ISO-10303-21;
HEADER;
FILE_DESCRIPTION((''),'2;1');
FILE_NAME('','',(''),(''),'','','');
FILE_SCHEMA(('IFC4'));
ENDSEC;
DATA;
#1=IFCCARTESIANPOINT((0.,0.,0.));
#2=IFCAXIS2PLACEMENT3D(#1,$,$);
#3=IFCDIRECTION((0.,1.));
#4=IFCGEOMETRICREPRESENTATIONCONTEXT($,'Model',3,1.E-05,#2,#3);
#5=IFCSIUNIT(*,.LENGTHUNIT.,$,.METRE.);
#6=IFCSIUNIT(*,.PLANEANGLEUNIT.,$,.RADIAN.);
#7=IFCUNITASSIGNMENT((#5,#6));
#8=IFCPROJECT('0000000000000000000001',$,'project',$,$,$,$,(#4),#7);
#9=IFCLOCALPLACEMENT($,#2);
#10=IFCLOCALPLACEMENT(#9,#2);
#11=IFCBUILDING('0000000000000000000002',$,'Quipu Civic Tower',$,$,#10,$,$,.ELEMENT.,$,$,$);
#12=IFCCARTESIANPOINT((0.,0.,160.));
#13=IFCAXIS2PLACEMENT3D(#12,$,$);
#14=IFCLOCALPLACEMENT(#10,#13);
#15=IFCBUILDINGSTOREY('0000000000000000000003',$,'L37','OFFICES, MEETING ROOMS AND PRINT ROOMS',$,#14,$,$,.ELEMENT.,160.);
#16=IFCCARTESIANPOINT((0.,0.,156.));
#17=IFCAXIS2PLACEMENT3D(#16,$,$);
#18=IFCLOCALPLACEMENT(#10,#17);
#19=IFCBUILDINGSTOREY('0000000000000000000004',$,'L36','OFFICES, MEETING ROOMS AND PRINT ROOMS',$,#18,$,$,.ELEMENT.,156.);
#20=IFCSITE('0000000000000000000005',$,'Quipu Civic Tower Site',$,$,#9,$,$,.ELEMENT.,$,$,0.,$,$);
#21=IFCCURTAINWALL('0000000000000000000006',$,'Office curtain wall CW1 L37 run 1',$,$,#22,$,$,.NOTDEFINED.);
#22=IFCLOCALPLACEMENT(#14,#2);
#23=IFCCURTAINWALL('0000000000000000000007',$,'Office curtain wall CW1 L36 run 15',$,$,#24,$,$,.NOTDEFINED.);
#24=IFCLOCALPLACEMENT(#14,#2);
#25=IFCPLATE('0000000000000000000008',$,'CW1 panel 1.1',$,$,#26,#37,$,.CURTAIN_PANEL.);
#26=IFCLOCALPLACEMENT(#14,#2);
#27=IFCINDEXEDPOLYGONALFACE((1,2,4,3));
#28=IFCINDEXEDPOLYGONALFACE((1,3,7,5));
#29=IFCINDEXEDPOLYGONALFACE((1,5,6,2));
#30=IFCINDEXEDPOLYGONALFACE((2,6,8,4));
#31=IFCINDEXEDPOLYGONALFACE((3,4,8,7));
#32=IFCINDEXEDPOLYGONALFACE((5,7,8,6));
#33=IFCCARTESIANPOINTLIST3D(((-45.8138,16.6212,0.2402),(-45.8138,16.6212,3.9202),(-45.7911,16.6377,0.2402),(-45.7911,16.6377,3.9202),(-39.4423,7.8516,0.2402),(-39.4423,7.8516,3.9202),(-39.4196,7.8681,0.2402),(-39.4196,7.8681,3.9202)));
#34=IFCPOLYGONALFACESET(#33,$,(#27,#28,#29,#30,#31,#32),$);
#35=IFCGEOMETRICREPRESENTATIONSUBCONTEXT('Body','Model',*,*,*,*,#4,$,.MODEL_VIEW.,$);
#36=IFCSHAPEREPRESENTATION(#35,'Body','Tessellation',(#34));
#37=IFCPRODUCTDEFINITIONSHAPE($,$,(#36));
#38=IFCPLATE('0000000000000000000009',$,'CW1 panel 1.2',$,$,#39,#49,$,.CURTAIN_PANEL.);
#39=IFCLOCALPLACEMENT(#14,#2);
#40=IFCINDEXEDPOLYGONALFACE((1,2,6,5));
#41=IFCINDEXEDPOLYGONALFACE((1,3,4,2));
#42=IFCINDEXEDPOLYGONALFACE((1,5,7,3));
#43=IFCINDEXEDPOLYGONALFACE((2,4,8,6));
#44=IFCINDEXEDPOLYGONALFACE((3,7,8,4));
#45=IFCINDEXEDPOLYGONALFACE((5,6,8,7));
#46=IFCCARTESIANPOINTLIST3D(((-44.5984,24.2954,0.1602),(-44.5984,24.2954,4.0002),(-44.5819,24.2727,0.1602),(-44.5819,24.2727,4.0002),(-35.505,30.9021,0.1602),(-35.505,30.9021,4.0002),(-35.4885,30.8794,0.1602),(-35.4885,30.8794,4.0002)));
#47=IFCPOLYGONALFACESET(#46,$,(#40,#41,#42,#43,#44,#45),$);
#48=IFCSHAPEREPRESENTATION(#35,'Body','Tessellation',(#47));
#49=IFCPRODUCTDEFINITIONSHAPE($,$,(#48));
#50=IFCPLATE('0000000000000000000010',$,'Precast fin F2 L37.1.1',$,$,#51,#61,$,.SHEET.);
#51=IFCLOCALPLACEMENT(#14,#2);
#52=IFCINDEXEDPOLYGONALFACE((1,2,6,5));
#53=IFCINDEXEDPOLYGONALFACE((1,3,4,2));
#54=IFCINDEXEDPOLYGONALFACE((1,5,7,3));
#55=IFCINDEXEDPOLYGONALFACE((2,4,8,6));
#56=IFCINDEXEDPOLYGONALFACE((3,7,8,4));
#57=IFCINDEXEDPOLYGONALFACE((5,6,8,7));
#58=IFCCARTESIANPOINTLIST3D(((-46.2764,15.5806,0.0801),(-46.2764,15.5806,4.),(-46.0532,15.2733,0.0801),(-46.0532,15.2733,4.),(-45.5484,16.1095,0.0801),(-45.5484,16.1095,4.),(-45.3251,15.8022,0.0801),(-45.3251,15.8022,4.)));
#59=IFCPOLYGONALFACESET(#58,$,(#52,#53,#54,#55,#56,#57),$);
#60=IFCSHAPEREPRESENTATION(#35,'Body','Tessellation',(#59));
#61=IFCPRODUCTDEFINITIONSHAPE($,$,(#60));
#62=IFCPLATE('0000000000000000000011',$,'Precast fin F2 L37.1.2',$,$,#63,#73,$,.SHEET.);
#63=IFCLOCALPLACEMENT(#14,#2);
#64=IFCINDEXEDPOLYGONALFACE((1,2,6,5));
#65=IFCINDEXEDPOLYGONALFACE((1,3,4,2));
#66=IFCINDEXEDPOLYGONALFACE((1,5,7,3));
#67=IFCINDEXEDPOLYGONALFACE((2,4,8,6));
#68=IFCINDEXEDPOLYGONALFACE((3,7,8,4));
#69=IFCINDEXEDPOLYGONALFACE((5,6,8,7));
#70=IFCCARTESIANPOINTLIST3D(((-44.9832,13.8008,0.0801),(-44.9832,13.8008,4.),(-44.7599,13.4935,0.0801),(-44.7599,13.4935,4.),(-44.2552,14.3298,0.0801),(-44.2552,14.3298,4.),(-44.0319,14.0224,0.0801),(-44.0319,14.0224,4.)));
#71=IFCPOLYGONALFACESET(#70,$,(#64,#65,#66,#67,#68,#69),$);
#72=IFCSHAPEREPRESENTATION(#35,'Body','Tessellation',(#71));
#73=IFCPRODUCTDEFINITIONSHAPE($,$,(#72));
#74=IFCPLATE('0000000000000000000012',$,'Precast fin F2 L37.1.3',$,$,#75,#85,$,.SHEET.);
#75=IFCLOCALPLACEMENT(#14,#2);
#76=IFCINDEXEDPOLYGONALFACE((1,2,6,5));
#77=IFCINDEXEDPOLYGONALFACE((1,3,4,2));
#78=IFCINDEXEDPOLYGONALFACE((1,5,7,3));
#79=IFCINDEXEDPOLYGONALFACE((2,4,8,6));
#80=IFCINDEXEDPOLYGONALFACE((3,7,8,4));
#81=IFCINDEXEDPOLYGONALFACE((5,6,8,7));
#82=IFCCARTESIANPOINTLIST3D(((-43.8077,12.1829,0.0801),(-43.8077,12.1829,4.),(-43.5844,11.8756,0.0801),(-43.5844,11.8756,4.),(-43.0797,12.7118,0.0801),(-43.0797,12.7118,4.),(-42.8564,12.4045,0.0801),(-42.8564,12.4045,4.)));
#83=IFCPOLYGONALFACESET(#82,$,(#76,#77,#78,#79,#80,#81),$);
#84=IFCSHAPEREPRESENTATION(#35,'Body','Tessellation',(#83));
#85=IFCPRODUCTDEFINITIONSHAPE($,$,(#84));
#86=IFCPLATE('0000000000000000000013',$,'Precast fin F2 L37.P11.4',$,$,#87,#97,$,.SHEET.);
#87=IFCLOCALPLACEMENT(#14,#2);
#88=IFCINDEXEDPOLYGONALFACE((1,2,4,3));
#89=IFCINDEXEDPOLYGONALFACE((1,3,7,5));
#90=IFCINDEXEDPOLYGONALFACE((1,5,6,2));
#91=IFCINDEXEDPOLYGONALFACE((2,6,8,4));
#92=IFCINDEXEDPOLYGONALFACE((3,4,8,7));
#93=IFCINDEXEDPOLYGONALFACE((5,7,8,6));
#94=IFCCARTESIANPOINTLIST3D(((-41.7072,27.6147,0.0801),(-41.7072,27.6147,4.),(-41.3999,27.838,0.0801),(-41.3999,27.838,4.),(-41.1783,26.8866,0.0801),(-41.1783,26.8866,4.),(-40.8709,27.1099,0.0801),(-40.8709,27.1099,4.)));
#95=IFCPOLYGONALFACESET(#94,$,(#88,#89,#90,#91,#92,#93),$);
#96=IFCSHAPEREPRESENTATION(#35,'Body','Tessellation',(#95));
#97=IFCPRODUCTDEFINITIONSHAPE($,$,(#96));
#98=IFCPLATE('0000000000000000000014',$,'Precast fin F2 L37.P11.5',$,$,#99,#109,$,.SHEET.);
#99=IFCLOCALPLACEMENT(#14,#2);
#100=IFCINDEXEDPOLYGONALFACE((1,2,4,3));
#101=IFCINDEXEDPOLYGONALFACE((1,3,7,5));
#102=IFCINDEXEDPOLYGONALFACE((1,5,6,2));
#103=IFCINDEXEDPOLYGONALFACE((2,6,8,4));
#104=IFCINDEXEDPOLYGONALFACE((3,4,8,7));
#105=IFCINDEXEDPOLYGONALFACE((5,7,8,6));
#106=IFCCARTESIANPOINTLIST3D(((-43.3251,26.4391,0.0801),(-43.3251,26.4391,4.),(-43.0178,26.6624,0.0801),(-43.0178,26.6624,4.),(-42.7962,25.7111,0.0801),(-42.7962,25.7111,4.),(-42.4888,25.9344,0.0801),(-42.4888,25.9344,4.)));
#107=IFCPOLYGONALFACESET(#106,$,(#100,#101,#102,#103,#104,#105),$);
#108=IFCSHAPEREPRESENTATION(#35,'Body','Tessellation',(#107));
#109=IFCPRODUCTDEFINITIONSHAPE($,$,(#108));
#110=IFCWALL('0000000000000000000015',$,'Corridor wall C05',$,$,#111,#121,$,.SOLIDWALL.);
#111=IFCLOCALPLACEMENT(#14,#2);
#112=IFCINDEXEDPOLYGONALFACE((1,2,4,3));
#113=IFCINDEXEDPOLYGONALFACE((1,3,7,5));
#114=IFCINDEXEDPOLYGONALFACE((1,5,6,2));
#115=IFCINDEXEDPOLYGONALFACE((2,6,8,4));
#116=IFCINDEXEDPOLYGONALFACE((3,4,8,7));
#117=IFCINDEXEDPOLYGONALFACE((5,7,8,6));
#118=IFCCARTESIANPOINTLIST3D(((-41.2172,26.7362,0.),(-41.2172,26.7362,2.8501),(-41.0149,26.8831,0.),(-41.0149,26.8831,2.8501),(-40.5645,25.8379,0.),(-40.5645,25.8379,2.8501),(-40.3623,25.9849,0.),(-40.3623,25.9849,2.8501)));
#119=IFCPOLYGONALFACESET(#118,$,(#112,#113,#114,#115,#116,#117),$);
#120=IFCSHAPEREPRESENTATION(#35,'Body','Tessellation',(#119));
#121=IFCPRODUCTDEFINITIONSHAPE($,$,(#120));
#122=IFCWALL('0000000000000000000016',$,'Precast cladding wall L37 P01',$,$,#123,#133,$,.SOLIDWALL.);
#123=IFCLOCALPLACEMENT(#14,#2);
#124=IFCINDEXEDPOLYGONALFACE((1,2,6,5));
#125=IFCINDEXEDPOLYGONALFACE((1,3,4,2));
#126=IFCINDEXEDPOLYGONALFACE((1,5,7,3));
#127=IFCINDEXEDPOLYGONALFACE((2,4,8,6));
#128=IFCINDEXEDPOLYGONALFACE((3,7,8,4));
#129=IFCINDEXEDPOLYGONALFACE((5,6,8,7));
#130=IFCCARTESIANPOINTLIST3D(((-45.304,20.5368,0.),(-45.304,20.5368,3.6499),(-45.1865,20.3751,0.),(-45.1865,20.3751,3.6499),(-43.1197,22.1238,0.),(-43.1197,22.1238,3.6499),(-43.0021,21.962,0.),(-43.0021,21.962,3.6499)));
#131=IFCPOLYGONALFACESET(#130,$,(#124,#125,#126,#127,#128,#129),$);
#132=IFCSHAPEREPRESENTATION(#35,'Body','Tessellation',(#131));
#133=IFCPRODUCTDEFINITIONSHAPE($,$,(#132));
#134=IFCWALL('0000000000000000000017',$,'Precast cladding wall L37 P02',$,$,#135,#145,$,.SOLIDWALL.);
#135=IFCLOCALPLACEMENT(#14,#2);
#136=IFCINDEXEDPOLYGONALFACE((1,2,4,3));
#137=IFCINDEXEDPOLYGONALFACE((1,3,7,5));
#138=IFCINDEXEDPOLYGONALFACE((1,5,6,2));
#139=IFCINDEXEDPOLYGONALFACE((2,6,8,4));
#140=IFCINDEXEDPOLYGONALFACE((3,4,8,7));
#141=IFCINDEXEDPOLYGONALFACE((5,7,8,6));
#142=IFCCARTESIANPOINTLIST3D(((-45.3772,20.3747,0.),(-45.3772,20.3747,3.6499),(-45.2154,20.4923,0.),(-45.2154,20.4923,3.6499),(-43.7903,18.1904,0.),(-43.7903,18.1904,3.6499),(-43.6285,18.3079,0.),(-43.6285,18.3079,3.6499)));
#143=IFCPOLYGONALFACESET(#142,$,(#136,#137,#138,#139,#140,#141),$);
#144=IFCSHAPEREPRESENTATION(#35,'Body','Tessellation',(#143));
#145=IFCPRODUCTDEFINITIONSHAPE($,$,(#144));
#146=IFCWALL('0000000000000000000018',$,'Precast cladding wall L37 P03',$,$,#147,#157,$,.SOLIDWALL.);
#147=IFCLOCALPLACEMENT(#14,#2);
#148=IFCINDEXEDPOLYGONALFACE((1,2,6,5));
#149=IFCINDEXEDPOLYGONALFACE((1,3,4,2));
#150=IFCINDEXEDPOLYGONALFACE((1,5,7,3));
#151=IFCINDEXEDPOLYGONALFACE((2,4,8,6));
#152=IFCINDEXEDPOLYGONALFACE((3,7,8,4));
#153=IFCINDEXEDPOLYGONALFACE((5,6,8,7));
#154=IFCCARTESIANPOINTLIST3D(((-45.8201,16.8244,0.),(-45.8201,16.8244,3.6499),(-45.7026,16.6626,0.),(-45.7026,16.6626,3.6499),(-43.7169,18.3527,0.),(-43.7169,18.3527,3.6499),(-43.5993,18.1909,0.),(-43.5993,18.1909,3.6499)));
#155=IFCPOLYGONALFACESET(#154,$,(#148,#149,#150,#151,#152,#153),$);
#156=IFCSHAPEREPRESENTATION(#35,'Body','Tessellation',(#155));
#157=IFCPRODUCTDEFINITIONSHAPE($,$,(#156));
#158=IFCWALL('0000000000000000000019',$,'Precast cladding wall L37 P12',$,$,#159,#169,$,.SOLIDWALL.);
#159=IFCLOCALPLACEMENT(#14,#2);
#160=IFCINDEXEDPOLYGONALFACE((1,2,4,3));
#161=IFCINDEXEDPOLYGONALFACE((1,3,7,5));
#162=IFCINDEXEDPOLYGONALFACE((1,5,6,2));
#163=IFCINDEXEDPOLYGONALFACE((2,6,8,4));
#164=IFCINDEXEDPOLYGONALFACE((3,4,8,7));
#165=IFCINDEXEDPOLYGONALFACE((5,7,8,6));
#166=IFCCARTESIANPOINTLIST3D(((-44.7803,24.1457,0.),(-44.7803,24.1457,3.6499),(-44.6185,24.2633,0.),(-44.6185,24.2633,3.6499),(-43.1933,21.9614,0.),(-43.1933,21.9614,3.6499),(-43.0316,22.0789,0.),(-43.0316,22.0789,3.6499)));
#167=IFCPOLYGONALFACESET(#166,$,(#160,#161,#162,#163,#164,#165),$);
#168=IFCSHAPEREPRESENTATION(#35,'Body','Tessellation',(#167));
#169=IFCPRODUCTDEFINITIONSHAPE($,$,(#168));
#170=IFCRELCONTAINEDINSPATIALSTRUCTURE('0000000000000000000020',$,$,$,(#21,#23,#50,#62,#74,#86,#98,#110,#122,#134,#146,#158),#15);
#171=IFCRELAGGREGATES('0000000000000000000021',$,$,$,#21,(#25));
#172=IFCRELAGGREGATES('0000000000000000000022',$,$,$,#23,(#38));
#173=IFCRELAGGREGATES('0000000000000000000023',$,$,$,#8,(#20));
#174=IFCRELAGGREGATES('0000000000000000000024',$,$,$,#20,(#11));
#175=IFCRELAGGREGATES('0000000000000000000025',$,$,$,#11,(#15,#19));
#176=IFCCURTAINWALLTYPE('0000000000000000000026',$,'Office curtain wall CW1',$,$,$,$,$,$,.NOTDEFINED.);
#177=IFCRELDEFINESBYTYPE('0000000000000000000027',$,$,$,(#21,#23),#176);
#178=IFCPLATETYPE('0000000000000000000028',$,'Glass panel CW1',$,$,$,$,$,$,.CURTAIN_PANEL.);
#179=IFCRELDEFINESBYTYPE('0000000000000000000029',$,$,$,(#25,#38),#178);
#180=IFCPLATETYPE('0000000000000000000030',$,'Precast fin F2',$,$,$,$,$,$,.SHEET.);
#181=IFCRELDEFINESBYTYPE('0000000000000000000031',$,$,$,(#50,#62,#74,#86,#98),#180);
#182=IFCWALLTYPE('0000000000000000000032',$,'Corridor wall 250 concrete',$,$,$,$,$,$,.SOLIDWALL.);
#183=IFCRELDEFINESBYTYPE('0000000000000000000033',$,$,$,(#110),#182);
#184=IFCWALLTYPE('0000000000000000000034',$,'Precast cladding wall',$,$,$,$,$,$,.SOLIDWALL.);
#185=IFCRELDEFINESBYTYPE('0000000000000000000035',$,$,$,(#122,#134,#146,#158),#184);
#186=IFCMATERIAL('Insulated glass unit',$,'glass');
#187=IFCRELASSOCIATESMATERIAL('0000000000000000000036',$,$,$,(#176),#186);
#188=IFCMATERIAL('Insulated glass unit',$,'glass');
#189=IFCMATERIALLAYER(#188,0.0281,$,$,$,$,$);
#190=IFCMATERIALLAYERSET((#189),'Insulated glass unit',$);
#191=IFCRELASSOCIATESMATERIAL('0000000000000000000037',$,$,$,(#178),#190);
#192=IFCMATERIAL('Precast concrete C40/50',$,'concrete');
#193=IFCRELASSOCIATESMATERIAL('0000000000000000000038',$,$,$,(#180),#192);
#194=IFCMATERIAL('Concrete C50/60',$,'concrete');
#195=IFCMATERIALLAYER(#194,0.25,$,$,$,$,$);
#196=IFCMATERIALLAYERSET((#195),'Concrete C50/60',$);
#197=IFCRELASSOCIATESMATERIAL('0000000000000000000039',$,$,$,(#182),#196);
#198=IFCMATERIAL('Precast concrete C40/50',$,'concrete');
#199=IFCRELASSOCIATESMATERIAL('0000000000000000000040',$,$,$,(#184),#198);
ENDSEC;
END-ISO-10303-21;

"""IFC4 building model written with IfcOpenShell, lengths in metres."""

from ifc_helpers import new_model, si_unit, direction, frame, frame_2d, origin, origin_2d, place, context, subcontext, project, spatial, rectangle, extrude, material, layer, layer_set, type_object, element, aggregate, save


model = new_model("IFC4")

# Units and contexts
model_context = context("Model", 3, precision=1e-05, world=origin(), true_north=direction((0.0, 1.0)))
body_context = subcontext(model_context, "Body", "Model", "MODEL_VIEW")
ifc_project = project(units=[si_unit("LENGTHUNIT", "METRE"), si_unit("PLANEANGLEUNIT", "RADIAN")], contexts=[model_context])

# Site, building, storey
site_placement = place(None, origin())
site = spatial("IfcSite", under=ifc_project, at=site_placement, Name="Quipu Civic Tower Site", CompositionType="ELEMENT", RefElevation=0.0)
building_placement = place(site_placement, origin())
building = spatial("IfcBuilding", under=site, at=building_placement, Name="Quipu Civic Tower", CompositionType="ELEMENT")
storey_1_placement = place(building_placement, frame((0.0, 0.0, 160.0)))
storey_1 = spatial("IfcBuildingStorey", under=building, at=storey_1_placement, Name="L37", Description="OFFICES, MEETING ROOMS AND PRINT ROOMS", CompositionType="ELEMENT", Elevation=160.0)

# Curtain walls
ifc_material_1 = material(Name="Insulated glass unit", Category="glass")
curtain_wall_type = type_object("IfcCurtainWallType", Name="Office curtain wall CW1", PredefinedType="NOTDEFINED", material=ifc_material_1)
curtain_wall_1_placement = place(storey_1_placement, origin())
curtain_wall_1 = element("IfcCurtainWall", 1, at=curtain_wall_1_placement, inside=storey_1, type_object=curtain_wall_type, Name="Office curtain wall CW1 L37 run 1", PredefinedType="NOTDEFINED")
curtain_wall_2_placement = place(storey_1_placement, origin())
curtain_wall_2 = element("IfcCurtainWall", 2, at=curtain_wall_2_placement, inside=storey_1, type_object=curtain_wall_type, Name="Office curtain wall CW1 L36 run 15", PredefinedType="NOTDEFINED")

# Shared definitions
storey_2_placement = place(building_placement, frame((0.0, 0.0, 156.0)))
storey_2 = spatial("IfcBuildingStorey", under=building, at=storey_2_placement, Name="L36", Description="OFFICES, MEETING ROOMS AND PRINT ROOMS", CompositionType="ELEMENT", Elevation=156.0)

# Plates
ifc_material_2 = material(Name="Insulated glass unit", Category="glass")
ifc_layer_1 = layer(ifc_material_2, 0.0281)
ifc_layer_set_1 = layer_set([ifc_layer_1], Name="Insulated glass unit")
plate_type_1 = type_object("IfcPlateType", Name="Glass panel CW1", PredefinedType="CURTAIN_PANEL", material=ifc_layer_set_1)
plate_1_placement = place(storey_1_placement, frame((-42.6167, 12.2446, 0.2402), z_axis=(0.0, 0.0, 1.0), x_axis=(0.587787, -0.809016, 0.0)))
plate_1 = element("IfcPlate", 3, at=plate_1_placement, type_object=plate_type_1, Name="CW1 panel 1.1", PredefinedType="CURTAIN_PANEL", context=body_context, shape_type="SweptSolid", body=[
    extrude(rectangle(XDim=10.8398, YDim=0.0281, at=origin_2d()), origin(), (0.0, 0.0, 1.0), 3.6799),
])
aggregate(curtain_wall_1, [plate_1])
plate_2_placement = place(storey_1_placement, frame((-40.0435, 27.5874, 0.1602), z_axis=(0.0, 0.0, 1.0), x_axis=(-0.809015, -0.587788, 0.0)))
plate_2 = element("IfcPlate", 4, at=plate_2_placement, type_object=plate_type_1, Name="CW1 panel 1.2", PredefinedType="CURTAIN_PANEL", context=body_context, shape_type="SweptSolid", body=[
    extrude(rectangle(XDim=11.24, YDim=0.0281, at=origin_2d()), origin(), (0.0, 0.0, 1.0), 3.8401),
])
aggregate(curtain_wall_2, [plate_2])

# Plates
ifc_material_3 = material(Name="Precast concrete C40/50", Category="concrete")
plate_type_2 = type_object("IfcPlateType", Name="Precast fin F2", PredefinedType="SHEET", material=ifc_material_3)
for number, where, z_axis, x_axis, name in (
    (5, (-45.8008, 15.6914, 0.0801), (0.0, 0.0, 1.0), (0.587784, -0.809018, 0.0), "Precast fin F2 L37.1.1"),
    (6, (-44.5076, 13.9116, 0.0801), (0.0, 0.0, 1.0), (0.587784, -0.809018, 0.0), "Precast fin F2 L37.1.2"),
    (7, (-43.332, 12.2937, 0.0801), (0.0, 0.0, 1.0), (0.587784, -0.809018, 0.0), "Precast fin F2 L37.1.3"),
    (8, (-41.2891, 27.3623, 0.0801), (0.0, 0.0, 1.0), (-0.809017, -0.587785, 0.0), "Precast fin F2 L37.P11.4"),
    (9, (-42.907, 26.1868, 0.0801), (0.0, 0.0, 1.0), (-0.809017, -0.587785, 0.0), "Precast fin F2 L37.P11.5"),
):
    element("IfcPlate", number, at=place(storey_1_placement, frame(where, z_axis=z_axis, x_axis=x_axis)), inside=storey_1, type_object=plate_type_2, Name=name, PredefinedType="SHEET", context=body_context, shape_type="SweptSolid", body=[
        extrude(rectangle(XDim=0.3799, YDim=0.8999, at=origin_2d()), origin(), (0.0, 0.0, 1.0), 3.9199),
    ])

# Walls
ifc_material_4 = material(Name="Concrete C50/60", Category="concrete")
ifc_layer_2 = layer(ifc_material_4, 0.25)
ifc_layer_set_2 = layer_set([ifc_layer_2], Name="Concrete C50/60")
wall_type_1 = type_object("IfcWallType", Name="Corridor wall 250 concrete", PredefinedType="SOLIDWALL", material=ifc_layer_set_2)
wall_1_placement = place(storey_1_placement, frame((-40.4634, 25.9114, 0.0), z_axis=(0.0, 0.0, 1.0), x_axis=(-0.587792, 0.809012, 0.0)))
element("IfcWall", 10, at=wall_1_placement, inside=storey_1, type_object=wall_type_1, Name="Corridor wall C05", PredefinedType="SOLIDWALL", context=body_context, shape_type="SweptSolid", body=[
    extrude(rectangle(XDim=1.1104, YDim=0.25, at=frame_2d((0.5552, 0.0))), origin(), (0.0, 0.0, 1.0), 2.8501),
])
ifc_material_5 = material(Name="Precast concrete C40/50", Category="concrete")
wall_type_2 = type_object("IfcWallType", Name="Precast cladding wall", PredefinedType="SOLIDWALL", material=ifc_material_5)
for number, where, z_axis, x_axis, name in (
    (11, (-43.0608, 22.043, 0.0), (0.0, 0.0, 1.0), (-0.809033, -0.587763, 0.0), "Precast cladding wall L37 P01"),
    (12, (-45.2964, 20.4336, 0.0), (0.0, 0.0, 1.0), (0.587763, -0.809033, 0.0), "Precast cladding wall L37 P02"),
):
    element("IfcWall", number, at=place(storey_1_placement, frame(where, z_axis=z_axis, x_axis=x_axis)), inside=storey_1, type_object=wall_type_2, Name=name, PredefinedType="SOLIDWALL", context=body_context, shape_type="SweptSolid", body=[
        extrude(rectangle(XDim=2.7, YDim=0.2, at=frame_2d((1.3501, 0.0))), origin(), (0.0, 0.0, 1.0), 3.6499),
    ])
wall_2_placement = place(storey_1_placement, frame((-43.6582, 18.2717, 0.0), z_axis=(0.0, 0.0, 1.0), x_axis=(-0.80898, -0.587837, 0.0)))
element("IfcWall", 13, at=wall_2_placement, inside=storey_1, type_object=wall_type_2, Name="Precast cladding wall L37 P03", PredefinedType="SOLIDWALL", context=body_context, shape_type="SweptSolid", body=[
    extrude(rectangle(XDim=2.5999, YDim=0.2, at=frame_2d((1.2998, 0.0))), origin(), (0.0, 0.0, 1.0), 3.6499),
])
wall_3_placement = place(storey_1_placement, frame((-44.6995, 24.2046, 0.0), z_axis=(0.0, 0.0, 1.0), x_axis=(0.587763, -0.809033, 0.0)))
element("IfcWall", 14, at=wall_3_placement, inside=storey_1, type_object=wall_type_2, Name="Precast cladding wall L37 P12", PredefinedType="SOLIDWALL", context=body_context, shape_type="SweptSolid", body=[
    extrude(rectangle(XDim=2.7, YDim=0.2, at=frame_2d((1.3501, 0.0))), origin(), (0.0, 0.0, 1.0), 3.6499),
])

save(model, "model.ifc")
